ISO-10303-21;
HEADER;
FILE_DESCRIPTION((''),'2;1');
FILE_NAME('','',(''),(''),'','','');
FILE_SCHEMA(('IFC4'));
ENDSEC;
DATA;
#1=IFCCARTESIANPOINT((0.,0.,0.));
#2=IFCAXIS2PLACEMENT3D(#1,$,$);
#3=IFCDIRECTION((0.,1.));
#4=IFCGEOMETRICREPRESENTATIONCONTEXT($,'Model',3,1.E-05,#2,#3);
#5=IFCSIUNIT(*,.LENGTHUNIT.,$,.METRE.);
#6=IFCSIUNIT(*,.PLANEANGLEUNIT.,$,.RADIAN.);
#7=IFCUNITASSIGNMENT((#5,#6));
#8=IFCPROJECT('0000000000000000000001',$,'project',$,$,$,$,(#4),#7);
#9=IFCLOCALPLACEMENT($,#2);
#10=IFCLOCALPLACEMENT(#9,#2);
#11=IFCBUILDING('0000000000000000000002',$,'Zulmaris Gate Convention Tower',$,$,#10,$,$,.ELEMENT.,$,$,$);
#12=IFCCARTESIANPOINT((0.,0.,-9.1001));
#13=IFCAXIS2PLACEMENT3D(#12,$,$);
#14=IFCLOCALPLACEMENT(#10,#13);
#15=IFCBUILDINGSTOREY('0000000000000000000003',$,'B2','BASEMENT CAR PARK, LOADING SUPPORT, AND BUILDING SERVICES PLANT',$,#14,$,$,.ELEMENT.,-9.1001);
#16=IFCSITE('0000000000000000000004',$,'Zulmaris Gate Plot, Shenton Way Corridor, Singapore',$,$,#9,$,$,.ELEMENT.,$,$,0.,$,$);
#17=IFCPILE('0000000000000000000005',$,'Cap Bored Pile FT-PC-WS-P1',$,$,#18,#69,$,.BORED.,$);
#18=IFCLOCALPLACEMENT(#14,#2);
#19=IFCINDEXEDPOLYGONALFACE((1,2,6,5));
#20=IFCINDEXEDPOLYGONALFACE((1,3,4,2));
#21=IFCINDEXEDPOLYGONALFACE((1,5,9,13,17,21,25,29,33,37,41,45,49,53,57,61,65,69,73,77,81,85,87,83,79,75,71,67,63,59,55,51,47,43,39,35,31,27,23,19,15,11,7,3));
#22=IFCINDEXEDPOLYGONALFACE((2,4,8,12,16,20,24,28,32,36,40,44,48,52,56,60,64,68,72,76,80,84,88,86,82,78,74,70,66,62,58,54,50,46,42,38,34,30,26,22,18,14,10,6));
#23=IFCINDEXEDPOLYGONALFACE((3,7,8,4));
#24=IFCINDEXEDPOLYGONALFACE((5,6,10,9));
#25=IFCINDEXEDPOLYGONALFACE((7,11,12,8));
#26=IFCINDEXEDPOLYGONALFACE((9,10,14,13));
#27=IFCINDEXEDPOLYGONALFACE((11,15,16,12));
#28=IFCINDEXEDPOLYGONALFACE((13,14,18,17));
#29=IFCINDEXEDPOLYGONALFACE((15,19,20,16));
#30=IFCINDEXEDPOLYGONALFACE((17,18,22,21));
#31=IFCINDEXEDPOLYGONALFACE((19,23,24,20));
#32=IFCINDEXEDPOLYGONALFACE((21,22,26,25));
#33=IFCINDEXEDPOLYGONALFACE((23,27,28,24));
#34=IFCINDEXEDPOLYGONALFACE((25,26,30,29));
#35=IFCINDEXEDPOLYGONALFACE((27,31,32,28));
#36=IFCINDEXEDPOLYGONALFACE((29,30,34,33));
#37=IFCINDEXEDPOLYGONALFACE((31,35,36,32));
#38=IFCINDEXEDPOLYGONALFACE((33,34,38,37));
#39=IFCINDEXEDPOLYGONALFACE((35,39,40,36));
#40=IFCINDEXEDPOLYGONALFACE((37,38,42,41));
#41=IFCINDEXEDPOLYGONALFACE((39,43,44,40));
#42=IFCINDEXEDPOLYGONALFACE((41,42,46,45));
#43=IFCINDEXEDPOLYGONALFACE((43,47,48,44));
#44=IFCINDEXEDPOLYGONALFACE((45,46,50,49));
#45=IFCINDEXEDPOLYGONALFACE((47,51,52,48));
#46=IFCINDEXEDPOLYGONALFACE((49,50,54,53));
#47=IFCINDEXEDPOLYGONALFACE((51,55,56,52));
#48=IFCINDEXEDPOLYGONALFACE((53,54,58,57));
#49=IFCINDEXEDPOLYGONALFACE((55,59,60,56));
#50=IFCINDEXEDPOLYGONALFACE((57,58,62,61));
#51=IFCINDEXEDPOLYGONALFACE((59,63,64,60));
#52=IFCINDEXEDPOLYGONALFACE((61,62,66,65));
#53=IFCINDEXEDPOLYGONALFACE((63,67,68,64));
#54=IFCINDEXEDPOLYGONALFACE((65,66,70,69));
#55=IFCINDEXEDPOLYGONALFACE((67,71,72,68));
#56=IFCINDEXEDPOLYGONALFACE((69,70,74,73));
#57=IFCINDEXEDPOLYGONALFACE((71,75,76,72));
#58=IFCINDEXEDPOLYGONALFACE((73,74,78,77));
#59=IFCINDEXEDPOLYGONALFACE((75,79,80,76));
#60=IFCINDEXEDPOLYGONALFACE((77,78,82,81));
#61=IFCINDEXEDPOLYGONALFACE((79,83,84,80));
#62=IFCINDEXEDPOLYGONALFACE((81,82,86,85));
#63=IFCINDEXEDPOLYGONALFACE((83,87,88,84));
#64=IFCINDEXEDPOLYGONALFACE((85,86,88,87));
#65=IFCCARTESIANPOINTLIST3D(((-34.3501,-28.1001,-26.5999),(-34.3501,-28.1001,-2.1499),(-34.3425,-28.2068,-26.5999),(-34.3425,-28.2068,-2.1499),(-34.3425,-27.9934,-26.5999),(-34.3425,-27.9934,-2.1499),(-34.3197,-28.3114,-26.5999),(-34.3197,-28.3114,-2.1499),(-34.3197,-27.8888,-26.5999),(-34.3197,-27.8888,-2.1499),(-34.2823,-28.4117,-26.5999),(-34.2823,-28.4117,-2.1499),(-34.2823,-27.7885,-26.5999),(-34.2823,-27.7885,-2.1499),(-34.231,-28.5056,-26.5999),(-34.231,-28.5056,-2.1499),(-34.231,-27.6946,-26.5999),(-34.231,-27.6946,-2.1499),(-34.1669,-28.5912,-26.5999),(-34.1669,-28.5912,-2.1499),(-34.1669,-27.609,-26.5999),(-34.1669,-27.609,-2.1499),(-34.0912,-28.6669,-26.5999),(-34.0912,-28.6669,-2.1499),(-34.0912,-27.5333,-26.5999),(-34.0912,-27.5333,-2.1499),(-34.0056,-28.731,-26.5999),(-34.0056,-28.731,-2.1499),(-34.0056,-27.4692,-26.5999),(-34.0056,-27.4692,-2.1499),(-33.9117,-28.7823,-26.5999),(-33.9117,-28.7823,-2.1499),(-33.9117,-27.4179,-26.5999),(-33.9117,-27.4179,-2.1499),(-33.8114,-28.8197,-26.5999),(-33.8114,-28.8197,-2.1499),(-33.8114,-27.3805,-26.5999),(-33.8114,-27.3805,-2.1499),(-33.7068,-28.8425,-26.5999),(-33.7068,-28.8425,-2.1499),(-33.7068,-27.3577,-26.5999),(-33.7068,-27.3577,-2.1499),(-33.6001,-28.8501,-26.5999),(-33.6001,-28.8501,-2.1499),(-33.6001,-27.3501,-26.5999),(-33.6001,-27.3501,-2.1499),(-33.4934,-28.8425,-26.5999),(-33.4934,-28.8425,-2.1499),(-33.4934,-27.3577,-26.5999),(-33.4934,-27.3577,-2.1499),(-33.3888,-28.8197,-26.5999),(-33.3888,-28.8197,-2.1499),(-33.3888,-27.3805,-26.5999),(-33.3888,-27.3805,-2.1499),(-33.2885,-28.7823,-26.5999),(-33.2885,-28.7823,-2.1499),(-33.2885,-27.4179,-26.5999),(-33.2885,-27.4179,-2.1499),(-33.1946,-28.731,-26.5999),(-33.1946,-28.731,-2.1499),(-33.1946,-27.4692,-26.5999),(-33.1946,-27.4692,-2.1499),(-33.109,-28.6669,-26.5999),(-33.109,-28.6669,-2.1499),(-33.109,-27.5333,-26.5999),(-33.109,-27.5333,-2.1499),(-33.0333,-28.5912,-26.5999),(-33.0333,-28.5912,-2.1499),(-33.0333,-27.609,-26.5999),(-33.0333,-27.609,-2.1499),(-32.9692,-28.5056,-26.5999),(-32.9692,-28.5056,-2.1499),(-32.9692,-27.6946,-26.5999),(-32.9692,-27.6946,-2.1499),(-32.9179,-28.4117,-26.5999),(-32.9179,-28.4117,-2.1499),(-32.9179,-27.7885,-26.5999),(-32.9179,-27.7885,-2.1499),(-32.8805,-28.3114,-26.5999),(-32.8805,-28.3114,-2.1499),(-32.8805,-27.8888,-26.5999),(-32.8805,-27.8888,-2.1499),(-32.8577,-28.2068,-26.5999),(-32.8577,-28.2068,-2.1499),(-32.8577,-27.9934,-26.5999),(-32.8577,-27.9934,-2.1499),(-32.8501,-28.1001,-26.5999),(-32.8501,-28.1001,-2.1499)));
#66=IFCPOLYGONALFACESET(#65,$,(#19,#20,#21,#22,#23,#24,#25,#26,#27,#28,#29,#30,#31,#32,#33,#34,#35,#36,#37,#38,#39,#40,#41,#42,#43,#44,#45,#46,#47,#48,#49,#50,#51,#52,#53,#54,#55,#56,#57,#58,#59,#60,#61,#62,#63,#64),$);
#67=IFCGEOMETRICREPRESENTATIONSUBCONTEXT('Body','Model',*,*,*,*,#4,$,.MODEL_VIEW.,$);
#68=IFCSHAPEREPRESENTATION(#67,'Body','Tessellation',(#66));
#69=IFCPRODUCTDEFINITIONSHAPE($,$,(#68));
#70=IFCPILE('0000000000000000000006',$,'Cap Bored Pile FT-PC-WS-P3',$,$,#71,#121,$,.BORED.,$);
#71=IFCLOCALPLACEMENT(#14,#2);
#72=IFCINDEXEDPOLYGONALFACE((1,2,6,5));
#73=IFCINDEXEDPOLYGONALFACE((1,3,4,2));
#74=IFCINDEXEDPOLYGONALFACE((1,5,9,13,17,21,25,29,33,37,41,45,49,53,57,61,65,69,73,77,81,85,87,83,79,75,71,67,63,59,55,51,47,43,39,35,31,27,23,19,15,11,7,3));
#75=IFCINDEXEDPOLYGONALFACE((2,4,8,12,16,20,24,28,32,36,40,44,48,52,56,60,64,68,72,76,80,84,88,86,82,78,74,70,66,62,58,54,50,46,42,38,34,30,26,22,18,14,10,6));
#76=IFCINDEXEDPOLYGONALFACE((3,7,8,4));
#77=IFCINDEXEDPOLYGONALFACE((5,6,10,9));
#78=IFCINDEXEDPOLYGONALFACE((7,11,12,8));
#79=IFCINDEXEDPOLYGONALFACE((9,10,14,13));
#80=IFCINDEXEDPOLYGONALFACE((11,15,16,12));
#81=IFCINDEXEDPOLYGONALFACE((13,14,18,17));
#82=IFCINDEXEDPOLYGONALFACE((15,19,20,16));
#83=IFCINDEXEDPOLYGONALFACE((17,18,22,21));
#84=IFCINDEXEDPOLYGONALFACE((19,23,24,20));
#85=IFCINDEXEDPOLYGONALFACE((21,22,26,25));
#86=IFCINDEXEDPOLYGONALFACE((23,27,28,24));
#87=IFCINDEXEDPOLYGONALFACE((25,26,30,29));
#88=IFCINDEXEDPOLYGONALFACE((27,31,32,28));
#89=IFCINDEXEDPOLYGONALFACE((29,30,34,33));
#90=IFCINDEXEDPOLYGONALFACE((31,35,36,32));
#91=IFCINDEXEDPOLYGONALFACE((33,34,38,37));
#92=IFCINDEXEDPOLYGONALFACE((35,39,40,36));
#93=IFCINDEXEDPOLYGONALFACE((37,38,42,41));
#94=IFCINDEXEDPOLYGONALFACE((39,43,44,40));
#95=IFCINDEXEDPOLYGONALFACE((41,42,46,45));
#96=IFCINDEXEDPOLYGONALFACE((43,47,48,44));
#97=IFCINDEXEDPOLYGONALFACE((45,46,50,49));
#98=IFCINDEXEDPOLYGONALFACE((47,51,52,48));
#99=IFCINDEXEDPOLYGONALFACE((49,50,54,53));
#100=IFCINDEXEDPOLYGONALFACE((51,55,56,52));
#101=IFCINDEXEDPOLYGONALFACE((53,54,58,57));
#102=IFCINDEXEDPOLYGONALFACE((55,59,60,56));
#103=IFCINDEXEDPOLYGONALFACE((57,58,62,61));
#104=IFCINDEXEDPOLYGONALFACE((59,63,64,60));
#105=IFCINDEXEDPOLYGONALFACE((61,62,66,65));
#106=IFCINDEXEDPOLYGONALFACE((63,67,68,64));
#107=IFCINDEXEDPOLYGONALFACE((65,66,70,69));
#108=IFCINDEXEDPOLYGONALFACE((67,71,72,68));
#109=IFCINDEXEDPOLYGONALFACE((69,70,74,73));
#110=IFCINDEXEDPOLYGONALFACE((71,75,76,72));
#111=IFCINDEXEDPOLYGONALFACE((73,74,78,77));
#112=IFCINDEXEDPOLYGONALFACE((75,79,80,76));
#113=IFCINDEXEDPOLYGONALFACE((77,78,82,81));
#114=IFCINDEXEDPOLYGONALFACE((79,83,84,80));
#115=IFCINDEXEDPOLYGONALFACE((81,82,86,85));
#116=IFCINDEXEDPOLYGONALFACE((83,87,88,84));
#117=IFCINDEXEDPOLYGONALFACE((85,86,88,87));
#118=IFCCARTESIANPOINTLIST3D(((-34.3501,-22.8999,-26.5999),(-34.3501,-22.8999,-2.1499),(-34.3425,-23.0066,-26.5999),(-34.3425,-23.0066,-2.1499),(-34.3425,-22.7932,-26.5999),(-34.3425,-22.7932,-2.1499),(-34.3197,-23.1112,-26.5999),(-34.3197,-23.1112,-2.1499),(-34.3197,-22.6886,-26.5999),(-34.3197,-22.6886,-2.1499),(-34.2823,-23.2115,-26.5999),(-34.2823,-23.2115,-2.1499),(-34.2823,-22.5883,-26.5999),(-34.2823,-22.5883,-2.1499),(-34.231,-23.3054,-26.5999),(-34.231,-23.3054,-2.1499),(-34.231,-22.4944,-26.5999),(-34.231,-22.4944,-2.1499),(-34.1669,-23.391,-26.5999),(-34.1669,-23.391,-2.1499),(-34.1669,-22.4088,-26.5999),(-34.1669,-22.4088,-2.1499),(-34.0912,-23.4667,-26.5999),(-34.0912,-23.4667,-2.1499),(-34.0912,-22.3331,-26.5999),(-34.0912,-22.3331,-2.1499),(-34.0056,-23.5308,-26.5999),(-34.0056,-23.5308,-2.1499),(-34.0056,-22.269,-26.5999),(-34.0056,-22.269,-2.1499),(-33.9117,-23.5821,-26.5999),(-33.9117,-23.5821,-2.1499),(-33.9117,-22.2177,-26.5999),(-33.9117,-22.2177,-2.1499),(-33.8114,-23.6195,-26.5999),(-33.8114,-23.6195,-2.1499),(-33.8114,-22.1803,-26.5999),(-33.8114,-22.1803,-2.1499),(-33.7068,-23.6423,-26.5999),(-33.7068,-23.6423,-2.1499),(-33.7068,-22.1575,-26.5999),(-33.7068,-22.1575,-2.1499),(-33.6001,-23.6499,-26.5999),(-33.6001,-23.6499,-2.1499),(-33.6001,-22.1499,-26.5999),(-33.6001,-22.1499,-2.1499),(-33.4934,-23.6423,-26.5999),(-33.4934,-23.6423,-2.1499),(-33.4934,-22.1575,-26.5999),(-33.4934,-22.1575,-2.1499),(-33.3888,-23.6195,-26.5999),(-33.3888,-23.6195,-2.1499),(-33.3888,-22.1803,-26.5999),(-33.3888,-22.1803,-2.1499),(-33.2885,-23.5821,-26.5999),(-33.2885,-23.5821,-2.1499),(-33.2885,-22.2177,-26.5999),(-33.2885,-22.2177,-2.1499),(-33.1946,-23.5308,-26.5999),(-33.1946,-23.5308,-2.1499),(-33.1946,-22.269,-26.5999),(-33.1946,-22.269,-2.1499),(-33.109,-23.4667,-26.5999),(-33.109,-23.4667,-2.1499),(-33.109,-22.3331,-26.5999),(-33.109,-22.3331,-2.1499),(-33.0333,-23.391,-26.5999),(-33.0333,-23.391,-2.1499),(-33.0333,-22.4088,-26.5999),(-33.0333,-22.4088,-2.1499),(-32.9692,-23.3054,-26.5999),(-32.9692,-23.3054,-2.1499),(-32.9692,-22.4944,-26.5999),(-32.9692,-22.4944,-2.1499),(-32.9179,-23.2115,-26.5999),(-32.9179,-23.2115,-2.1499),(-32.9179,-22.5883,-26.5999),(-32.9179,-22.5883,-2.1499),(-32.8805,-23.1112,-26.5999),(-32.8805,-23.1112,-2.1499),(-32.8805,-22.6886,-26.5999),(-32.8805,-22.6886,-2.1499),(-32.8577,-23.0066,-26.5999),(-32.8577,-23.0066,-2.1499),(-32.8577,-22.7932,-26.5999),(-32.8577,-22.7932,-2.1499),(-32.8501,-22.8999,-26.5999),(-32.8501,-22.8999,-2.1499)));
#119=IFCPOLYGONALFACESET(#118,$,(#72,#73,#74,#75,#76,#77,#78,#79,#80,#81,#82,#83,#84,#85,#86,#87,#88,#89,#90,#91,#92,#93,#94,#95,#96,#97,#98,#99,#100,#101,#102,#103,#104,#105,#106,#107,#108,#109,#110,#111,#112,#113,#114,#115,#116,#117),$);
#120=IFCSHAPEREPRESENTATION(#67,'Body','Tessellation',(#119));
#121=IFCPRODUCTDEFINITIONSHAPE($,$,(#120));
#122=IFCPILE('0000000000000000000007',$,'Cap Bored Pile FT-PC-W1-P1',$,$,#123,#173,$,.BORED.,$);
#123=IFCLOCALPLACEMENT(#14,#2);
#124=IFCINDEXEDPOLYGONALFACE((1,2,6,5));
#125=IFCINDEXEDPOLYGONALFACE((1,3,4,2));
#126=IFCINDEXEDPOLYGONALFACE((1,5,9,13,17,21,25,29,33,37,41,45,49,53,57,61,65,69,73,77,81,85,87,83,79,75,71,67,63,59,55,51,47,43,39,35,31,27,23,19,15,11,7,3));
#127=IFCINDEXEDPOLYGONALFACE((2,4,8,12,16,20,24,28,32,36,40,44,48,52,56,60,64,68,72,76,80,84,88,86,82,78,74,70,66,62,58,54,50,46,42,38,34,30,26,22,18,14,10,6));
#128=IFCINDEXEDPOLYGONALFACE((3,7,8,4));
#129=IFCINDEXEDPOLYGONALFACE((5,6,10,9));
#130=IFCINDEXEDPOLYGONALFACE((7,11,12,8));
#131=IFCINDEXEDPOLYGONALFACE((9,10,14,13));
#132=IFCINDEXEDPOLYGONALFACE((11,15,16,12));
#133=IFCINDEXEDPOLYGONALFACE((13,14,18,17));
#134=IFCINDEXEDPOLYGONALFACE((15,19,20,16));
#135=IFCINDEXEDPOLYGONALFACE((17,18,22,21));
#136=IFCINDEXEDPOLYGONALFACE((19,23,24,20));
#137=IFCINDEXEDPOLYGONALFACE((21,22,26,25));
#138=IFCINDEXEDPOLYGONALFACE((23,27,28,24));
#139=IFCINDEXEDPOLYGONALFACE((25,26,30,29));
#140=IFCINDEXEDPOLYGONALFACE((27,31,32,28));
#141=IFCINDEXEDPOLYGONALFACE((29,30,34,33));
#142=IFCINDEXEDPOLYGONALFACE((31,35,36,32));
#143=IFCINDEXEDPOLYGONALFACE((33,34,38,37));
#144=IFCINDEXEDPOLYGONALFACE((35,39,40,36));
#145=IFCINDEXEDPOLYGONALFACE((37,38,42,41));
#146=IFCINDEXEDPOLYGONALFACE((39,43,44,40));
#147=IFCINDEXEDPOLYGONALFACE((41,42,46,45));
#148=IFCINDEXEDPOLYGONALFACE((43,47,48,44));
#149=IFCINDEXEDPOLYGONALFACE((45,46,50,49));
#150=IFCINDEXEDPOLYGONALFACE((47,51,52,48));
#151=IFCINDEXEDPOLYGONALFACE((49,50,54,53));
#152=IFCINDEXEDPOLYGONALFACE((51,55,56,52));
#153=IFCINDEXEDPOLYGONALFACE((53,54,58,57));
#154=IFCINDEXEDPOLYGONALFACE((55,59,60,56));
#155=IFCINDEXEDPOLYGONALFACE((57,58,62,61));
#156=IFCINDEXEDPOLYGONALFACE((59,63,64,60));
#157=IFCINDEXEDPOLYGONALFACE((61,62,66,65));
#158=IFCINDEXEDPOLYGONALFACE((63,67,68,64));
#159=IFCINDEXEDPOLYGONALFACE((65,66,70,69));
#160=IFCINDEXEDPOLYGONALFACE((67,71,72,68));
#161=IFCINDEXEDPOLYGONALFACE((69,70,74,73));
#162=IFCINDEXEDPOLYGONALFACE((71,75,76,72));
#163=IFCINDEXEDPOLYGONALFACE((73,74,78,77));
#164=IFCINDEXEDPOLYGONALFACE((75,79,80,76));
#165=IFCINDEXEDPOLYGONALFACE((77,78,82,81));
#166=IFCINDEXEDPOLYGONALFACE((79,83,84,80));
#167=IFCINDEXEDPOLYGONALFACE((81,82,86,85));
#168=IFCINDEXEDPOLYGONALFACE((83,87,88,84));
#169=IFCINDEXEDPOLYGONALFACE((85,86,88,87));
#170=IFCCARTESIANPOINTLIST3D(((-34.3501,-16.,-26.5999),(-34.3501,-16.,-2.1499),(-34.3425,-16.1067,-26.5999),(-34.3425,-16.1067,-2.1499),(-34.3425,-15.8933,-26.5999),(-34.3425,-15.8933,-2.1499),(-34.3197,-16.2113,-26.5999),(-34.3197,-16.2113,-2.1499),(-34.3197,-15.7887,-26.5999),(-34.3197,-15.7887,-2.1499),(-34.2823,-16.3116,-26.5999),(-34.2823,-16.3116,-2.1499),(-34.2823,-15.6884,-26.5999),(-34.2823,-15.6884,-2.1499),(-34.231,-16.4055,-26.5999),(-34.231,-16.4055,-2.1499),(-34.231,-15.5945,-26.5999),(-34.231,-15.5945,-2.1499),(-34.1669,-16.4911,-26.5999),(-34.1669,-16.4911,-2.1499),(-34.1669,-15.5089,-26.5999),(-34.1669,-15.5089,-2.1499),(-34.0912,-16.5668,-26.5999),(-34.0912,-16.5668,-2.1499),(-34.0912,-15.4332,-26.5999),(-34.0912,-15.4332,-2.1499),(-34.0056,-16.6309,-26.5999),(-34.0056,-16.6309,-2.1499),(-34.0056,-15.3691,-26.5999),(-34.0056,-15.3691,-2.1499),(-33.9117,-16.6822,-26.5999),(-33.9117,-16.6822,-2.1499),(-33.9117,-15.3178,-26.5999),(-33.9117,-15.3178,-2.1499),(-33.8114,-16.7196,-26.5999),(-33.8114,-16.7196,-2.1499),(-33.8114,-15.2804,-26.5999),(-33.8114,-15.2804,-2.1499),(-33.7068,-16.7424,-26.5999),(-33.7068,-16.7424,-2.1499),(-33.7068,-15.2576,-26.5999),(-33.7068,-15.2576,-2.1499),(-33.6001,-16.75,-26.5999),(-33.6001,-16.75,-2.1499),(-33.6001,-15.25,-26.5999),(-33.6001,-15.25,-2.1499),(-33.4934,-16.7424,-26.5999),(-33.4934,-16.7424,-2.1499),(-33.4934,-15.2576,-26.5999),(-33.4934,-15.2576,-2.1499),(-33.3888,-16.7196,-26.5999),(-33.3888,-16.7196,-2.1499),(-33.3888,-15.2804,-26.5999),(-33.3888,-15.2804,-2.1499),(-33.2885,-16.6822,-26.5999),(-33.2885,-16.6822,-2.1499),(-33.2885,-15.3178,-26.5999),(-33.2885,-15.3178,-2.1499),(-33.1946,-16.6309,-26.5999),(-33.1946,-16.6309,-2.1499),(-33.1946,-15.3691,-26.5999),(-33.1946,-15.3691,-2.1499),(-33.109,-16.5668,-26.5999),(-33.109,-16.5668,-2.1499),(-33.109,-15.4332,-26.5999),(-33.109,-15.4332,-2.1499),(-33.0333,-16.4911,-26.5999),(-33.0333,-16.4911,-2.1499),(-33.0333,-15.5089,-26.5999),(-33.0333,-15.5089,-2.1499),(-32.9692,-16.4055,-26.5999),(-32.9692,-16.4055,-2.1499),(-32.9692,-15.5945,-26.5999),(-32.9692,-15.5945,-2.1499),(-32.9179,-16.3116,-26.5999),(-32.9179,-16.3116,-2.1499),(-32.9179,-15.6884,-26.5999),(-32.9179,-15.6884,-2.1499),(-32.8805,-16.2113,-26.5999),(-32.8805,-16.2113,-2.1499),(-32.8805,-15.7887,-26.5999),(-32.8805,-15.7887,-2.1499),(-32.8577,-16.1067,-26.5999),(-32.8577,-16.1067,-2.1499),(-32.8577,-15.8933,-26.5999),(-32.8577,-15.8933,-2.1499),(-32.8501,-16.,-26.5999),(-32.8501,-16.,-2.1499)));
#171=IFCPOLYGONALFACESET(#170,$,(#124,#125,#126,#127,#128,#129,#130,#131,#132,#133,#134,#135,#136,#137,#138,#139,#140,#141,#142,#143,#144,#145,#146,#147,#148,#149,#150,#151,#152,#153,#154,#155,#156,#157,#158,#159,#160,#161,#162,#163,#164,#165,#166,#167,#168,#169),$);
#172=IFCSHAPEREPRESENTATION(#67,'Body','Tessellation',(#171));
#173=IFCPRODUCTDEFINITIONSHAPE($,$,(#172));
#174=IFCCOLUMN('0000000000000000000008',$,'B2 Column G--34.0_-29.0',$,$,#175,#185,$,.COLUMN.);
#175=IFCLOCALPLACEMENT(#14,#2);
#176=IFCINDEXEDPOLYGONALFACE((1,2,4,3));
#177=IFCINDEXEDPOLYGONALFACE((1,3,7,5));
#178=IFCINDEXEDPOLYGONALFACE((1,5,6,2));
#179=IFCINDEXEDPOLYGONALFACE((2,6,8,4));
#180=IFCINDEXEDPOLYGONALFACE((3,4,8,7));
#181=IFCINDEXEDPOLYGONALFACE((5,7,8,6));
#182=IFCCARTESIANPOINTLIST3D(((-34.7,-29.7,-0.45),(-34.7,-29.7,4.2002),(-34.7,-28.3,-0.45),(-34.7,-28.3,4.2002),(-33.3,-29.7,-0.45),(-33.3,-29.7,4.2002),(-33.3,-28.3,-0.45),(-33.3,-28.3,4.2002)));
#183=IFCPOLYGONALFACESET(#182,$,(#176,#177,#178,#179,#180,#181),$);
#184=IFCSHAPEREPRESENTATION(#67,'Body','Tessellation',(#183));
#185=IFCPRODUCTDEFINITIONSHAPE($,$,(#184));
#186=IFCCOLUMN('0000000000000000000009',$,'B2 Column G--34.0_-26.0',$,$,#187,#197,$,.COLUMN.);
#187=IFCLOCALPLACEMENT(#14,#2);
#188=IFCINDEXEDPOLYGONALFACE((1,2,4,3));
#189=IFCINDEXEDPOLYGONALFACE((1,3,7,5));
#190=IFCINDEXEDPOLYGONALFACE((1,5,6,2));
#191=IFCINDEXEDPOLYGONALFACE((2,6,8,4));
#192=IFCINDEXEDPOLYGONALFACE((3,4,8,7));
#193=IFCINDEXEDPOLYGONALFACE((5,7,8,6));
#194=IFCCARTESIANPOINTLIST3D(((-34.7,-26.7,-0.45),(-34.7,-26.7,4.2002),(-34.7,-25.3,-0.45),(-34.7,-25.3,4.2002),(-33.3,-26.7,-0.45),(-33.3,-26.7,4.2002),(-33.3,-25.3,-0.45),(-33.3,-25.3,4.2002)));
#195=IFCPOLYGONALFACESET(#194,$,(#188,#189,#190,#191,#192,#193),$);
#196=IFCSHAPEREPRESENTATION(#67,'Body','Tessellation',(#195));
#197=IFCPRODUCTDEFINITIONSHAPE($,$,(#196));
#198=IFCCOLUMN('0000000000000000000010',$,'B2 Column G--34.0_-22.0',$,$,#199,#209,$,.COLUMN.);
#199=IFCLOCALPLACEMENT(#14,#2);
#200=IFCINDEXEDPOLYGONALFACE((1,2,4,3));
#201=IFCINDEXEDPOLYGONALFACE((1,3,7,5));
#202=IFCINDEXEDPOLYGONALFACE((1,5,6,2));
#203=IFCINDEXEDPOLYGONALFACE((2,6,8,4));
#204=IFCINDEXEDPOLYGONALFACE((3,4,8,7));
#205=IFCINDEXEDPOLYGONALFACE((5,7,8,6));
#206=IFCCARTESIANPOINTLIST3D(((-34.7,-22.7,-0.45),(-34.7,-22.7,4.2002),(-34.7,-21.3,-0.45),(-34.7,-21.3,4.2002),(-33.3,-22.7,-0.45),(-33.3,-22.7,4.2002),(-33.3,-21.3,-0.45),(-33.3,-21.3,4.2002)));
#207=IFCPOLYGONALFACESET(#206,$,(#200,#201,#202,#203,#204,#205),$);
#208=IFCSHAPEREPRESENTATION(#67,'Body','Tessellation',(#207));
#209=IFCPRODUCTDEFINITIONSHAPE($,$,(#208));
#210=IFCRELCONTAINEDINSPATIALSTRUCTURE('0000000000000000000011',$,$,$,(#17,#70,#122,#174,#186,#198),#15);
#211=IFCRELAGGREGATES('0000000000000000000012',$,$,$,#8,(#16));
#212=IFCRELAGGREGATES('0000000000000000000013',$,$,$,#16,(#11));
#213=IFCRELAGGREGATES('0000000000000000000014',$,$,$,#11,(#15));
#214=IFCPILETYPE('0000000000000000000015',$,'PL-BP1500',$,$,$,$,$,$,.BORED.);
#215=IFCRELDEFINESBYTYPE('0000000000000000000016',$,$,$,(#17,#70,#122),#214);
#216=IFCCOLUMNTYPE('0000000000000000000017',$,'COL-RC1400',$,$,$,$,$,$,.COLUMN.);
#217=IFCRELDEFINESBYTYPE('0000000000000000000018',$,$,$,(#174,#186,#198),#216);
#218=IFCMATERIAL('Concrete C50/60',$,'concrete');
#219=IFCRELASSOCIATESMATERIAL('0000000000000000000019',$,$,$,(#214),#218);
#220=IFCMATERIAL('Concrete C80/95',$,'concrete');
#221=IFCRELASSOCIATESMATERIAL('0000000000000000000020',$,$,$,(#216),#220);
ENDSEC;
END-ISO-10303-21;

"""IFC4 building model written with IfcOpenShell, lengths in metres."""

from ifc_helpers import new_model, si_unit, direction, frame, origin, origin_2d, place, context, subcontext, project, spatial, rectangle, circle, extrude, material, material_profile, profile_set, type_object, element, save


model = new_model("IFC4")

# Units and contexts
model_context = context("Model", 3, precision=1e-05, world=origin(), true_north=direction((0.0, 1.0)))
body_context = subcontext(model_context, "Body", "Model", "MODEL_VIEW")
ifc_project = project(units=[si_unit("LENGTHUNIT", "METRE"), si_unit("PLANEANGLEUNIT", "RADIAN")], contexts=[model_context])

# Site, building, storey
site_placement = place(None, origin())
site = spatial("IfcSite", under=ifc_project, at=site_placement, Name="Zulmaris Gate Plot, Shenton Way Corridor, Singapore", CompositionType="ELEMENT", RefElevation=0.0)
building_placement = place(site_placement, origin())
building = spatial("IfcBuilding", under=site, at=building_placement, Name="Zulmaris Gate Convention Tower", CompositionType="ELEMENT")
storey_placement = place(building_placement, frame((0.0, 0.0, -9.1001)))
storey = spatial("IfcBuildingStorey", under=building, at=storey_placement, Name="B2", Description="BASEMENT CAR PARK, LOADING SUPPORT, AND BUILDING SERVICES PLANT", CompositionType="ELEMENT", Elevation=-9.1001)

# Piles
ifc_material_1 = material(Name="Concrete C50/60", Category="concrete")
ifc_material_profile_1 = material_profile(ifc_material_1, circle(Radius=0.75, at=origin_2d()), Name="BORED PILE 1500")
ifc_profile_set_1 = profile_set([ifc_material_profile_1], Name="Concrete C50/60")
pile_type = type_object("IfcPileType", Name="PL-BP1500", PredefinedType="BORED", material=ifc_profile_set_1)
for number, where, z_axis, x_axis, name in (
    (1, (-33.6001, -28.1001, -2.1499), (0.0, 0.0, -1.0), (1.0, 0.0, 0.0), "Cap Bored Pile FT-PC-WS-P1"),
    (2, (-33.6001, -22.8999, -2.1499), (0.0, 0.0, -1.0), (1.0, 0.0, 0.0), "Cap Bored Pile FT-PC-WS-P3"),
    (3, (-33.6001, -16.0, -2.1499), (0.0, 0.0, -1.0), (1.0, 0.0, 0.0), "Cap Bored Pile FT-PC-W1-P1"),
):
    element("IfcPile", number, at=place(storey_placement, frame(where, z_axis=z_axis, x_axis=x_axis)), inside=storey, type_object=pile_type, Name=name, PredefinedType="BORED", context=body_context, shape_type="SweptSolid", body=[
        extrude(circle(Radius=0.75, at=origin_2d()), origin(), (0.0, 0.0, 1.0), 24.45),
    ])

# Columns
ifc_material_2 = material(Name="Concrete C80/95", Category="concrete")
ifc_material_profile_2 = material_profile(ifc_material_2, rectangle(XDim=1.3999, YDim=1.3999, at=origin_2d()), Name="RC COL 1400x1400")
ifc_profile_set_2 = profile_set([ifc_material_profile_2], Name="Concrete C80/95")
column_type = type_object("IfcColumnType", Name="COL-RC1400", PredefinedType="COLUMN", material=ifc_profile_set_2)
for number, where, z_axis, x_axis, name in (
    (4, (-34.0, -29.0, -0.45), (0.0, 0.0, 1.0), (1.0, 0.0, 0.0), "B2 Column G--34.0_-29.0"),
    (5, (-34.0, -26.0, -0.45), (0.0, 0.0, 1.0), (1.0, 0.0, 0.0), "B2 Column G--34.0_-26.0"),
    (6, (-34.0, -22.0, -0.45), (0.0, 0.0, 1.0), (1.0, 0.0, 0.0), "B2 Column G--34.0_-22.0"),
):
    element("IfcColumn", number, at=place(storey_placement, frame(where, z_axis=z_axis, x_axis=x_axis)), inside=storey, type_object=column_type, Name=name, PredefinedType="COLUMN", context=body_context, shape_type="SweptSolid", body=[
        extrude(rectangle(XDim=1.3999, YDim=1.3999, at=origin_2d()), origin(), (0.0, 0.0, 1.0), 4.6501),
    ])

save(model, "model.ifc")
